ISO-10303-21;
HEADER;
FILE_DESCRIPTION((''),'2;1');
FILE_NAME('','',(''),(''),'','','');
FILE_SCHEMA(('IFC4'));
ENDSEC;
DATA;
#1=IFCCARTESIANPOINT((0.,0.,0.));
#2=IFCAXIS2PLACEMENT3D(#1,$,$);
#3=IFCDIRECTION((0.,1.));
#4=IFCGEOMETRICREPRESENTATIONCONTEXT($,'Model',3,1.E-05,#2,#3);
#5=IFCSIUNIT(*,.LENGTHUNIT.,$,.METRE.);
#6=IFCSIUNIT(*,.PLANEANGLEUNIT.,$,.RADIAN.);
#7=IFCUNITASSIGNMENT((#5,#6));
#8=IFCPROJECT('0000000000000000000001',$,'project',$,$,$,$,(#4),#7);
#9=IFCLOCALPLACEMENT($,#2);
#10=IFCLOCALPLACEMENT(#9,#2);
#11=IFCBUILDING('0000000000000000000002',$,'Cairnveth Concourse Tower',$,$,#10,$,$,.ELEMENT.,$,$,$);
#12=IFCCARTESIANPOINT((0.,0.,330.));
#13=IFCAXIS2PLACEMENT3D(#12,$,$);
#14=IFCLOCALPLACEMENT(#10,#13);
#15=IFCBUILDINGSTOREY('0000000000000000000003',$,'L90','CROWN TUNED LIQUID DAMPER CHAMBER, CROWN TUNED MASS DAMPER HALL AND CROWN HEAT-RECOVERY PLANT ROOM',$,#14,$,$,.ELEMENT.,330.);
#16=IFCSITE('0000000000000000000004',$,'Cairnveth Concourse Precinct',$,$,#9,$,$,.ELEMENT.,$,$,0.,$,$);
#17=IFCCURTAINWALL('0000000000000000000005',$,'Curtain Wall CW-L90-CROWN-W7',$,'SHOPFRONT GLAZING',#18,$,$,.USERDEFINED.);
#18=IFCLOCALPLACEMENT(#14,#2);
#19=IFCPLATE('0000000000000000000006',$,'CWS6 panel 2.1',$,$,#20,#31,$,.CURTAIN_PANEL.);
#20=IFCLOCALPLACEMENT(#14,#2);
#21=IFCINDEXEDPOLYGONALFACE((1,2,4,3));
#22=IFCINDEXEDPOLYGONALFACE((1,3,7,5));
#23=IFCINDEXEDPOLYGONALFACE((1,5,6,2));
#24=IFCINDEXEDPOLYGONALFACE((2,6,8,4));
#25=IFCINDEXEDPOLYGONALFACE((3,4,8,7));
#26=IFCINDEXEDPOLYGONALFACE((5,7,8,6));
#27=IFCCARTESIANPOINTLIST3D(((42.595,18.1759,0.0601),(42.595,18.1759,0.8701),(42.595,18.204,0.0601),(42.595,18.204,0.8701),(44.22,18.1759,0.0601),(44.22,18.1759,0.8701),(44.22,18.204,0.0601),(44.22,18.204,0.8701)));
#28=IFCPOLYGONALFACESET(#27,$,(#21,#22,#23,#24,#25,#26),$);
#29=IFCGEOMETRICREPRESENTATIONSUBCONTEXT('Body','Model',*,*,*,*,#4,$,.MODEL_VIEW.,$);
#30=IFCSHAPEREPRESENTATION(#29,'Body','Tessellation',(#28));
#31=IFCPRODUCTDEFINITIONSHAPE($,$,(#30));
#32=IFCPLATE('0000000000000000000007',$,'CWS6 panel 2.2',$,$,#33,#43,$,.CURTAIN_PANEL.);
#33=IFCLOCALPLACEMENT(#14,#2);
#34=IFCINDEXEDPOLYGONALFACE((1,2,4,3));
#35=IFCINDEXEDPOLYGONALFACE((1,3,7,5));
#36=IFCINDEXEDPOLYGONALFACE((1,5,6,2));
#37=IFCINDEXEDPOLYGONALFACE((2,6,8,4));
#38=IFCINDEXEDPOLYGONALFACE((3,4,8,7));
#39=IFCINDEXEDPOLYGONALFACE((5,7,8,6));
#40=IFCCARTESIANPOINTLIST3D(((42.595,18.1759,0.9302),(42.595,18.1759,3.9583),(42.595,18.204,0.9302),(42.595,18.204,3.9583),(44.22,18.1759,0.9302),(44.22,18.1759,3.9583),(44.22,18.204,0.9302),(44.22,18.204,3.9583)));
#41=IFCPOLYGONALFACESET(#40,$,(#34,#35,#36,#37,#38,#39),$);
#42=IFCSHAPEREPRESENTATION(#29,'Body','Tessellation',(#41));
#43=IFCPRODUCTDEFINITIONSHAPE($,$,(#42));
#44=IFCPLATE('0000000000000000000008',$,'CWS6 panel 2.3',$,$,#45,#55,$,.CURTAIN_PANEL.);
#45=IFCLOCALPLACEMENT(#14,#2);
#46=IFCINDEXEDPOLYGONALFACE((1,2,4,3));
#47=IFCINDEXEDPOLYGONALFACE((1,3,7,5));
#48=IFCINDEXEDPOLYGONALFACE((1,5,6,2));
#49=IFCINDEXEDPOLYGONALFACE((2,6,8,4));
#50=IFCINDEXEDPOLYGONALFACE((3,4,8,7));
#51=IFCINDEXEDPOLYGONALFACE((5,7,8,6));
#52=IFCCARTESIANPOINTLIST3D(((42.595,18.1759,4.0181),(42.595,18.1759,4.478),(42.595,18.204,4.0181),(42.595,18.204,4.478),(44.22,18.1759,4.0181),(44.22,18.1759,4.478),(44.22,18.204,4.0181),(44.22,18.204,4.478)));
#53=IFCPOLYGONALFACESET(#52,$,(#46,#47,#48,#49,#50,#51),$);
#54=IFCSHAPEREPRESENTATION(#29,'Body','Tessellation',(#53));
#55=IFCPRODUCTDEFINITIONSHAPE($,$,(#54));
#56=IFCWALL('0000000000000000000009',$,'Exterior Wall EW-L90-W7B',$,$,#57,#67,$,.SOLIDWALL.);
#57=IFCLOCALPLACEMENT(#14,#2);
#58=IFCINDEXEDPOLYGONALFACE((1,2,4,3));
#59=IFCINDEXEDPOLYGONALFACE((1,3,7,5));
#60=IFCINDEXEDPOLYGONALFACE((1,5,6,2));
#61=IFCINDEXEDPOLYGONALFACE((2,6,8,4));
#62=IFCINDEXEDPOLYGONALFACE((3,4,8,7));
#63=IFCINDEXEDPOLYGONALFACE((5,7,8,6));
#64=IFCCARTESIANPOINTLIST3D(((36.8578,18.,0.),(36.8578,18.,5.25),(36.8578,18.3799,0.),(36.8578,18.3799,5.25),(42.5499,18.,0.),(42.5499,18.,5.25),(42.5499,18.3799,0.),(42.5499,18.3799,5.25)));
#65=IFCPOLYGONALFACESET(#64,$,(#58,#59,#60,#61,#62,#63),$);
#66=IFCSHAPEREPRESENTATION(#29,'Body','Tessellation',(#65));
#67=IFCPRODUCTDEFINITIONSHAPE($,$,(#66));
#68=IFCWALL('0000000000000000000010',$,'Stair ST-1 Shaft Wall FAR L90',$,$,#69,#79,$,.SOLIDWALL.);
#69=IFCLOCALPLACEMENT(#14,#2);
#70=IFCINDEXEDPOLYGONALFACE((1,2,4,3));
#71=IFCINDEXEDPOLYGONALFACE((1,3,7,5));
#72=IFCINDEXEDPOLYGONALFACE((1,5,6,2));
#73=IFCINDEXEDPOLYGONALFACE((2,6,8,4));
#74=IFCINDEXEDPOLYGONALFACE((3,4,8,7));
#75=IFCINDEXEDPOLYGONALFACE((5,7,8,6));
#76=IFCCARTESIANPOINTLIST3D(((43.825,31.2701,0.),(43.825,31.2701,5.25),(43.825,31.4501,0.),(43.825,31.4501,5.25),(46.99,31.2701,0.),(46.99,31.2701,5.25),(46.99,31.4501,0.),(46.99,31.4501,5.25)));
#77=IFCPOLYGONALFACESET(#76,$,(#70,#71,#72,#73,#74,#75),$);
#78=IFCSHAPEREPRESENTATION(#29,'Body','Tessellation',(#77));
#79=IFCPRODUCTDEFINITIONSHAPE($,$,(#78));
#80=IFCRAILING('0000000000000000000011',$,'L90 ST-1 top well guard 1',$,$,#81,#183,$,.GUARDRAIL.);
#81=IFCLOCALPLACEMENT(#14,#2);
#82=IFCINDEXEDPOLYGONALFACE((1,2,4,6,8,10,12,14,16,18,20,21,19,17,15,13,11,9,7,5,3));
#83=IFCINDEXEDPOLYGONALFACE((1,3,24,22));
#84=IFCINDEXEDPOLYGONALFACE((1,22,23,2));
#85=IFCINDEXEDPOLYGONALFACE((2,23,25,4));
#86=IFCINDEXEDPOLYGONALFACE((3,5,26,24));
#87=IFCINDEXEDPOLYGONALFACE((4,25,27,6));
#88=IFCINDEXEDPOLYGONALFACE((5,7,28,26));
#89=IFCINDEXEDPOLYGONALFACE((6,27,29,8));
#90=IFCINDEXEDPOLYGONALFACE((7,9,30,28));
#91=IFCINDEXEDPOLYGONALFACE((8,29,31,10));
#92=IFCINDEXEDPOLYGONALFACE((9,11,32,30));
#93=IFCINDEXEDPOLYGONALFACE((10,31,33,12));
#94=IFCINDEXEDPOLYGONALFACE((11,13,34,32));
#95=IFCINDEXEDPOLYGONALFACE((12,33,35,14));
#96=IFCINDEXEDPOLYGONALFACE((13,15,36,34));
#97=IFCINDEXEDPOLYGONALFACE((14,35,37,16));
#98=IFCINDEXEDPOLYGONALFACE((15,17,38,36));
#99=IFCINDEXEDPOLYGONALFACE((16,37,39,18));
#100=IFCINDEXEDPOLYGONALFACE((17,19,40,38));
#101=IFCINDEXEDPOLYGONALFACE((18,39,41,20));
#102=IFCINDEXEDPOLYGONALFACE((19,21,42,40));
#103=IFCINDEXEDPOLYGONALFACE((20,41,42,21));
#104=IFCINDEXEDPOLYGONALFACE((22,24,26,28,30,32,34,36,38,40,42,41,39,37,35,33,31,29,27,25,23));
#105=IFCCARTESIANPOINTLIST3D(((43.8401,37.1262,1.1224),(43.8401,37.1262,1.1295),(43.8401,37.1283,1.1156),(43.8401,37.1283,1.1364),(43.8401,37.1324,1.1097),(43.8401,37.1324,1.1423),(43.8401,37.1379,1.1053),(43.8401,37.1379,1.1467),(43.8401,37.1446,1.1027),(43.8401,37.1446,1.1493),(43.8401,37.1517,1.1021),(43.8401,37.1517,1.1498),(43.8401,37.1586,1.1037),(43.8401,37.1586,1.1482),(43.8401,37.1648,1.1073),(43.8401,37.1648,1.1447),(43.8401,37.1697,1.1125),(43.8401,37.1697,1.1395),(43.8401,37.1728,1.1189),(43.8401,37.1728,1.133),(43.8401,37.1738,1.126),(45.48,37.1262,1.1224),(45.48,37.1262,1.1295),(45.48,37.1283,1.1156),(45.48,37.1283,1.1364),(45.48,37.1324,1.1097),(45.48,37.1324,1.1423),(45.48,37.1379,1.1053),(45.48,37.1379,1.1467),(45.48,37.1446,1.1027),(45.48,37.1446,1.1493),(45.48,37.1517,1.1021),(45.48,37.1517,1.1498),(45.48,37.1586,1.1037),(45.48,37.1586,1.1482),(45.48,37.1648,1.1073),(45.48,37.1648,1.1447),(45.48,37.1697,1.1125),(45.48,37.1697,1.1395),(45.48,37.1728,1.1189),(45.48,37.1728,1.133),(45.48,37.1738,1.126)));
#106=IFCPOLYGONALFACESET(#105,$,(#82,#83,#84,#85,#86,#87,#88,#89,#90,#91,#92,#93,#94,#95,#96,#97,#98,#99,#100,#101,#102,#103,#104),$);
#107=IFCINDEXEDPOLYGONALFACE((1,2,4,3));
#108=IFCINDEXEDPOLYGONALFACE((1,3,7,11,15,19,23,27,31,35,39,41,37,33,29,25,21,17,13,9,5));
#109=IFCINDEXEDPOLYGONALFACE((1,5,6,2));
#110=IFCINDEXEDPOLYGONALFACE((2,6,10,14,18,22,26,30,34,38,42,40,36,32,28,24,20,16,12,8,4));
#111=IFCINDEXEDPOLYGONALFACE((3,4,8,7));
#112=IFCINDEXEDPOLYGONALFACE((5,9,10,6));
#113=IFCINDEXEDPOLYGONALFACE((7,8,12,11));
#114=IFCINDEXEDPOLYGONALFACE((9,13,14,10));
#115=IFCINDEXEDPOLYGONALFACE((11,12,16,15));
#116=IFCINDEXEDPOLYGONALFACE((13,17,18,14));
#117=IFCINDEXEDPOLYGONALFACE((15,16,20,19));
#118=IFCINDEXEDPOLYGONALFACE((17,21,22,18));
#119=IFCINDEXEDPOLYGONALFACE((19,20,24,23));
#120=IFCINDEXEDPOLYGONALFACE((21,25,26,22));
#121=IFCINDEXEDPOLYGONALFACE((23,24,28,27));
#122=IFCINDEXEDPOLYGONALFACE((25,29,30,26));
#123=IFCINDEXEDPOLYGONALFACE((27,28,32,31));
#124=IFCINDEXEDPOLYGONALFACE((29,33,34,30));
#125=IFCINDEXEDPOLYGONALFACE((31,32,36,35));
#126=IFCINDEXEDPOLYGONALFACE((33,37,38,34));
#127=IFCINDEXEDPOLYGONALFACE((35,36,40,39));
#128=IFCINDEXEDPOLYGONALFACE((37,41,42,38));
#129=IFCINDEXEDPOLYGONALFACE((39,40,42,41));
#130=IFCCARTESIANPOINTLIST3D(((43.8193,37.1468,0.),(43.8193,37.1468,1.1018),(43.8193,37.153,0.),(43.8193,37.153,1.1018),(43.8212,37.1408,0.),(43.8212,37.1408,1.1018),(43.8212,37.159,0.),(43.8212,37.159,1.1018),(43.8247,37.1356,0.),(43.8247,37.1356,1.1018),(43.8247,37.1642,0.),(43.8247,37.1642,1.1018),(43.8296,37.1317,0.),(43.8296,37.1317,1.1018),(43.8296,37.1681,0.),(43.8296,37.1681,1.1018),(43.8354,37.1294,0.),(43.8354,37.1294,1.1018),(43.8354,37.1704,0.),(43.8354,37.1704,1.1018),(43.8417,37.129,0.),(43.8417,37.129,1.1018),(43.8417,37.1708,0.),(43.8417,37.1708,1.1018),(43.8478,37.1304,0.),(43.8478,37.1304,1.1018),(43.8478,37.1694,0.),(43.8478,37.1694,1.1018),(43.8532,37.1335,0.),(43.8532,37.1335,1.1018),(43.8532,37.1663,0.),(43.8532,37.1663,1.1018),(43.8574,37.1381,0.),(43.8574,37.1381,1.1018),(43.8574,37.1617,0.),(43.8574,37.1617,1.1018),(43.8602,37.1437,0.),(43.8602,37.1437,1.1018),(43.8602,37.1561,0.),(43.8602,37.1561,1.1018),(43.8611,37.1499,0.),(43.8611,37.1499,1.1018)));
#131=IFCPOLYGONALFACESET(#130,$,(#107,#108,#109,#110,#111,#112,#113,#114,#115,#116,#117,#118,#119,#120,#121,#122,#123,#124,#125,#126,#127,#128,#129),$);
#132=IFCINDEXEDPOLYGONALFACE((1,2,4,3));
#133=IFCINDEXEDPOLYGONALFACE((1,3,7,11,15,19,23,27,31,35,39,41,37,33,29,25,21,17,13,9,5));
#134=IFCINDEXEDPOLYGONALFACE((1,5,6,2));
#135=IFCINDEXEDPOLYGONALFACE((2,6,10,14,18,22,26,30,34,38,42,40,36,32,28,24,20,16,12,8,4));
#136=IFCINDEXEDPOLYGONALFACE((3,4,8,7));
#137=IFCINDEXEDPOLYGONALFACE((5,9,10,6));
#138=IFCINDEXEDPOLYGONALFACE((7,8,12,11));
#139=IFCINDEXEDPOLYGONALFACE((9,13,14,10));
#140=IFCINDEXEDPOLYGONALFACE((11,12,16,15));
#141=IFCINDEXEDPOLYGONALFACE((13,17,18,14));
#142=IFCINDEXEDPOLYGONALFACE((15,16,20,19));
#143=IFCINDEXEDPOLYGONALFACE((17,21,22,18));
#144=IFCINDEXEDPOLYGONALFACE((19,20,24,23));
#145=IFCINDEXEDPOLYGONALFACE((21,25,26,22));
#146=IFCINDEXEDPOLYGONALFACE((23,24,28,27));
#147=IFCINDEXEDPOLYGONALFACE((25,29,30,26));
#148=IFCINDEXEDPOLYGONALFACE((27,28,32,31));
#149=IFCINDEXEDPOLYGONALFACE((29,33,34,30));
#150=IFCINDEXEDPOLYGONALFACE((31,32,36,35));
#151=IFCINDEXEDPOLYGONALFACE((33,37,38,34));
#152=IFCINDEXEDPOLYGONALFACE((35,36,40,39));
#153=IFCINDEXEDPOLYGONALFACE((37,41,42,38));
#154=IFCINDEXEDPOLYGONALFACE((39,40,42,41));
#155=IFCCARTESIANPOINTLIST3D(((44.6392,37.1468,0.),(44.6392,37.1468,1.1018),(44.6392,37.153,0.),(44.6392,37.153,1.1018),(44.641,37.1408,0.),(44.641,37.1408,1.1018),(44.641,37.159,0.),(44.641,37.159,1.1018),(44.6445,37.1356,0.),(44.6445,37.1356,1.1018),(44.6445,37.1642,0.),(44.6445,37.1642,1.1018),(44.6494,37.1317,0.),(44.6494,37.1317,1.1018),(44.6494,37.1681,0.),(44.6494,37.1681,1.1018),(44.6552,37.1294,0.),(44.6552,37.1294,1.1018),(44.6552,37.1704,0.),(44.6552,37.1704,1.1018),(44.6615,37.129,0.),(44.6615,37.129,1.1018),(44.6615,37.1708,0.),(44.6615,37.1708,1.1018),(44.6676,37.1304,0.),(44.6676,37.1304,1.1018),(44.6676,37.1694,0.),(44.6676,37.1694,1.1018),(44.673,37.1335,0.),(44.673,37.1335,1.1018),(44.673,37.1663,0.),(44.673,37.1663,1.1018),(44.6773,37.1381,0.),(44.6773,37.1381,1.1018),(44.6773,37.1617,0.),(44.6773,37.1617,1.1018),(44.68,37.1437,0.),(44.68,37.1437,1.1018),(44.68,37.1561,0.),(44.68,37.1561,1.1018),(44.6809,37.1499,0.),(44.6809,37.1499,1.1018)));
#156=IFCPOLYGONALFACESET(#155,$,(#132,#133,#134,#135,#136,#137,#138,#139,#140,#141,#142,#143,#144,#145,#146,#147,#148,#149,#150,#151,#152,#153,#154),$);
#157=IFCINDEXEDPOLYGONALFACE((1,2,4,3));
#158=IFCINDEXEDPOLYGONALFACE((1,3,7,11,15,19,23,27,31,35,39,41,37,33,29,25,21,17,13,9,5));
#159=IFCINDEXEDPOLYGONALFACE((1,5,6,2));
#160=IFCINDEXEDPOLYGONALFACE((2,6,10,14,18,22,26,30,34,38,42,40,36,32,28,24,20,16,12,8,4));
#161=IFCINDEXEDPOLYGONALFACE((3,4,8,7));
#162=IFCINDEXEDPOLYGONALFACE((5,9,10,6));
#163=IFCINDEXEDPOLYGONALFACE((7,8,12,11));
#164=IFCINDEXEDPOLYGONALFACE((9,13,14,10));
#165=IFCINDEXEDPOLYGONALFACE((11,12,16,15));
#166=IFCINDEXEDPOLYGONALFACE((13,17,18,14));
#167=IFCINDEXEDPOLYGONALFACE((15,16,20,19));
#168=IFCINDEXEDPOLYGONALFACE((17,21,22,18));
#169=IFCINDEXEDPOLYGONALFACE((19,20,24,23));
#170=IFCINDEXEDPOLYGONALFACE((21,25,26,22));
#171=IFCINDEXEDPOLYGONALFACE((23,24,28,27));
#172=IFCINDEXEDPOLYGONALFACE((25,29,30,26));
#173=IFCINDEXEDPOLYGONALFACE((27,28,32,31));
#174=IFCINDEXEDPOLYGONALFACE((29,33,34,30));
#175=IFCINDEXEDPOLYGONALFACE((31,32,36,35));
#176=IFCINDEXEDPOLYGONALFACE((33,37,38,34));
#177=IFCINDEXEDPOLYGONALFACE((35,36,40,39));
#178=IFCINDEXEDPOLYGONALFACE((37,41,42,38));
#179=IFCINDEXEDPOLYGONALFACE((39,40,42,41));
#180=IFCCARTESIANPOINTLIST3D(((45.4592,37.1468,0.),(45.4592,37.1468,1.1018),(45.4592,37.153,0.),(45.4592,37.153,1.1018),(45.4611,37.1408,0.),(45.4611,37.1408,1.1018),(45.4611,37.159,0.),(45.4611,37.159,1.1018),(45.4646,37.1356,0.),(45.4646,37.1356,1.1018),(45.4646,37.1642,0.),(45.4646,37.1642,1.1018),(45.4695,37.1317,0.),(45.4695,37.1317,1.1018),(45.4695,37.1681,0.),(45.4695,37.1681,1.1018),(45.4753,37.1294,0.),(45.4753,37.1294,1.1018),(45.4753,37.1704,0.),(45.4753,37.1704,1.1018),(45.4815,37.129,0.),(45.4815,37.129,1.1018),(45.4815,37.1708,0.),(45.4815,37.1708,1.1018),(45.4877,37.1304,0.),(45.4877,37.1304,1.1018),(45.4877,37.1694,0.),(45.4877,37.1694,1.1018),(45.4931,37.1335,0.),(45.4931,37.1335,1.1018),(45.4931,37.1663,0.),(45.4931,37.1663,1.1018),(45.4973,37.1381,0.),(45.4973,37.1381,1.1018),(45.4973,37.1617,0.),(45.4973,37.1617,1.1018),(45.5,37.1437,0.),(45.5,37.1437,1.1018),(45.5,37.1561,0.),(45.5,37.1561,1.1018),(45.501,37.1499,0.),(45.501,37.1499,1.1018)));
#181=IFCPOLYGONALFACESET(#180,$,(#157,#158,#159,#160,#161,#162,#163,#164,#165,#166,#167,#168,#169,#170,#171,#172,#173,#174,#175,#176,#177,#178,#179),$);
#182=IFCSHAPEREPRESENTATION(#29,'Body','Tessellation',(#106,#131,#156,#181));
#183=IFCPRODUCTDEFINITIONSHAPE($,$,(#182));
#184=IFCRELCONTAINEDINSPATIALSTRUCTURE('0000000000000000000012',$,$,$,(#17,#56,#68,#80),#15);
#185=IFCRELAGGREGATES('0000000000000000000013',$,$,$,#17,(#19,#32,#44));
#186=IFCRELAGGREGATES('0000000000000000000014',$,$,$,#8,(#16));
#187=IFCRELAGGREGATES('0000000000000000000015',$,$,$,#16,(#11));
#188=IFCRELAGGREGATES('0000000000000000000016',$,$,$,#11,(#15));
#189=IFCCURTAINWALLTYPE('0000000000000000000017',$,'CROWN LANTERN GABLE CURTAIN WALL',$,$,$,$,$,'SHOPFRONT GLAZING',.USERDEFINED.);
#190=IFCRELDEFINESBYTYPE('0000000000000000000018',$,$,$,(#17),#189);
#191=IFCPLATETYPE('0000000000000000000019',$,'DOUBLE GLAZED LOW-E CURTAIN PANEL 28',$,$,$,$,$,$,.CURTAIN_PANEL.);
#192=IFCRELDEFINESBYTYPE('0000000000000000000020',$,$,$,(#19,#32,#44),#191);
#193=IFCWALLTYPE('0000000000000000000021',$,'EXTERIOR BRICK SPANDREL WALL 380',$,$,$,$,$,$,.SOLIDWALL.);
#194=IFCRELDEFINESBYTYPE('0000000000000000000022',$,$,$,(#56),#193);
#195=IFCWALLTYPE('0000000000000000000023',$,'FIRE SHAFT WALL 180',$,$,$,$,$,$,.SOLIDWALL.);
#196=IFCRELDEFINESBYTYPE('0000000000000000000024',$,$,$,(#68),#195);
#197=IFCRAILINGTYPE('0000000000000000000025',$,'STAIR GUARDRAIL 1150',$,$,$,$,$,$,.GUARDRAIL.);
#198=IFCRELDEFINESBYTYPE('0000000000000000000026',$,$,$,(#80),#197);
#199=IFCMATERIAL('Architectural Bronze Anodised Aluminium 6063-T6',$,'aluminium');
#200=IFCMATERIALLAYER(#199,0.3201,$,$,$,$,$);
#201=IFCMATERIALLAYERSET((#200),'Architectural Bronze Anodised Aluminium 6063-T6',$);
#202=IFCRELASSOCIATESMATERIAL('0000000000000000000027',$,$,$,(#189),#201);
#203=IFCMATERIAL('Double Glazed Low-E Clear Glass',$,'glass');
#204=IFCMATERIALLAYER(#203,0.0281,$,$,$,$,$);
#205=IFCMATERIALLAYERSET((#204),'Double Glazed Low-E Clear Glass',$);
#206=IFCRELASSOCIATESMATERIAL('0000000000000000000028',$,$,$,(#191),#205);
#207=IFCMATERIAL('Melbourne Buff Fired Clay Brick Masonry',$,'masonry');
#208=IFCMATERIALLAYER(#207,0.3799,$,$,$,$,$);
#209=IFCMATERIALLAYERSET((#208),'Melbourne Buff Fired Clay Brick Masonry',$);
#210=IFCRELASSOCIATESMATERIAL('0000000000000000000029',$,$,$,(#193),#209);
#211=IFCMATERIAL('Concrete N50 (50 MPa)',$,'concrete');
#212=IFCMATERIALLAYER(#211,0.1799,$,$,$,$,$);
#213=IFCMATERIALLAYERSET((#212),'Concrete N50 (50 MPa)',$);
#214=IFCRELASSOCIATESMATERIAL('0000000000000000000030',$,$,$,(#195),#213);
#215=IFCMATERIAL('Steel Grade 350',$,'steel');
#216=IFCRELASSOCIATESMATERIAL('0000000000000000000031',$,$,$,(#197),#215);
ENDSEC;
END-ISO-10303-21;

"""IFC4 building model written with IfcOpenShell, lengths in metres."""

from ifc_helpers import new_model, si_unit, direction, frame, frame_2d, origin, origin_2d, place, context, subcontext, project, spatial, rectangle, circle, extrude, material, layer, layer_set, type_object, element, aggregate, save


model = new_model("IFC4")

# Units and contexts
model_context = context("Model", 3, precision=1e-05, world=origin(), true_north=direction((0.0, 1.0)))
body_context = subcontext(model_context, "Body", "Model", "MODEL_VIEW")
ifc_project = project(units=[si_unit("LENGTHUNIT", "METRE"), si_unit("PLANEANGLEUNIT", "RADIAN")], contexts=[model_context])

# Site, building, storey
site_placement = place(None, origin())
site = spatial("IfcSite", under=ifc_project, at=site_placement, Name="Cairnveth Concourse Precinct", CompositionType="ELEMENT", RefElevation=0.0)
building_placement = place(site_placement, origin())
building = spatial("IfcBuilding", under=site, at=building_placement, Name="Cairnveth Concourse Tower", CompositionType="ELEMENT")
storey_placement = place(building_placement, frame((0.0, 0.0, 330.0)))
storey = spatial("IfcBuildingStorey", under=building, at=storey_placement, Name="L90", Description="CROWN TUNED LIQUID DAMPER CHAMBER, CROWN TUNED MASS DAMPER HALL AND CROWN HEAT-RECOVERY PLANT ROOM", CompositionType="ELEMENT", Elevation=330.0)

# Shared definitions
ifc_material_1 = material(Name="Steel Grade 350", Category="steel")

# Curtain wall
ifc_material_2 = material(Name="Architectural Bronze Anodised Aluminium 6063-T6", Category="aluminium")
ifc_layer_1 = layer(ifc_material_2, 0.3201)
ifc_layer_set_1 = layer_set([ifc_layer_1], Name="Architectural Bronze Anodised Aluminium 6063-T6")
curtain_wall_type = type_object("IfcCurtainWallType", Name="CROWN LANTERN GABLE CURTAIN WALL", ElementType="SHOPFRONT GLAZING", PredefinedType="USERDEFINED", material=ifc_layer_set_1)
curtain_wall_placement = place(storey_placement, origin())
curtain_wall = element("IfcCurtainWall", 1, at=curtain_wall_placement, inside=storey, type_object=curtain_wall_type, Name="Curtain Wall CW-L90-CROWN-W7", ObjectType="SHOPFRONT GLAZING", PredefinedType="USERDEFINED")

# Plates
ifc_material_3 = material(Name="Double Glazed Low-E Clear Glass", Category="glass")
ifc_layer_2 = layer(ifc_material_3, 0.0281)
ifc_layer_set_2 = layer_set([ifc_layer_2], Name="Double Glazed Low-E Clear Glass")
plate_type = type_object("IfcPlateType", Name="DOUBLE GLAZED LOW-E CURTAIN PANEL 28", PredefinedType="CURTAIN_PANEL", material=ifc_layer_set_2)
plate_1_placement = place(storey_placement, frame((43.4075, 18.1899, 0.0601), z_axis=(0.0, 0.0, 1.0), x_axis=(-1.0, 0.0, 0.0)))
plate_1 = element("IfcPlate", 2, at=plate_1_placement, type_object=plate_type, Name="CWS6 panel 2.1", PredefinedType="CURTAIN_PANEL", context=body_context, shape_type="SweptSolid", body=[
    extrude(rectangle(XDim=1.625, YDim=0.0281, at=origin_2d()), origin(), (0.0, 0.0, 1.0), 0.8101),
])
plate_2_placement = place(storey_placement, frame((43.4075, 18.1899, 0.9302), z_axis=(0.0, 0.0, 1.0), x_axis=(-1.0, 0.0, 0.0)))
plate_2 = element("IfcPlate", 3, at=plate_2_placement, type_object=plate_type, Name="CWS6 panel 2.2", PredefinedType="CURTAIN_PANEL", context=body_context, shape_type="SweptSolid", body=[
    extrude(rectangle(XDim=1.625, YDim=0.0281, at=origin_2d()), origin(), (0.0, 0.0, 1.0), 3.0281),
])
plate_3_placement = place(storey_placement, frame((43.4075, 18.1899, 4.0181), z_axis=(0.0, 0.0, 1.0), x_axis=(-1.0, 0.0, 0.0)))
plate_3 = element("IfcPlate", 4, at=plate_3_placement, type_object=plate_type, Name="CWS6 panel 2.3", PredefinedType="CURTAIN_PANEL", context=body_context, shape_type="SweptSolid", body=[
    extrude(rectangle(XDim=1.625, YDim=0.0281, at=origin_2d()), origin(), (0.0, 0.0, 1.0), 0.46),
])
aggregate(curtain_wall, [plate_1, plate_2, plate_3])

# Wall
ifc_material_4 = material(Name="Melbourne Buff Fired Clay Brick Masonry", Category="masonry")
ifc_layer_3 = layer(ifc_material_4, 0.3799)
ifc_layer_set_3 = layer_set([ifc_layer_3], Name="Melbourne Buff Fired Clay Brick Masonry")
wall_type_1 = type_object("IfcWallType", Name="EXTERIOR BRICK SPANDREL WALL 380", PredefinedType="SOLIDWALL", material=ifc_layer_set_3)
wall_1_placement = place(storey_placement, frame((42.55, 18.1899, 0.0), z_axis=(0.0, 0.0, 1.0), x_axis=(-1.0, 0.0, 0.0)))
element("IfcWall", 5, at=wall_1_placement, inside=storey, type_object=wall_type_1, Name="Exterior Wall EW-L90-W7B", PredefinedType="SOLIDWALL", context=body_context, shape_type="SweptSolid", body=[
    extrude(rectangle(XDim=5.6921, YDim=0.3799, at=frame_2d((2.8462, 0.0))), origin(), (0.0, 0.0, 1.0), 5.25),
])

# Shared definitions
ifc_material_5 = material(Name="Concrete N50 (50 MPa)", Category="concrete")
ifc_layer_4 = layer(ifc_material_5, 0.1799)
ifc_layer_set_4 = layer_set([ifc_layer_4], Name="Concrete N50 (50 MPa)")
wall_type_2 = type_object("IfcWallType", Name="FIRE SHAFT WALL 180", PredefinedType="SOLIDWALL", material=ifc_layer_set_4)

# Wall
wall_2_placement = place(storey_placement, frame((43.825, 31.3601, 0.0), z_axis=(0.0, 0.0, 1.0), x_axis=(1.0, 0.0, 0.0)))
element("IfcWall", 6, at=wall_2_placement, inside=storey, type_object=wall_type_2, Name="Stair ST-1 Shaft Wall FAR L90", PredefinedType="SOLIDWALL", context=body_context, shape_type="SweptSolid", body=[
    extrude(rectangle(XDim=3.165, YDim=0.1799, at=frame_2d((1.5825, 0.0))), origin(), (0.0, 0.0, 1.0), 5.25),
])

# Railing
railing_type = type_object("IfcRailingType", Name="STAIR GUARDRAIL 1150", PredefinedType="GUARDRAIL", material=ifc_material_1)
railing_placement = place(storey_placement, frame((43.8401, 37.1499, 0.0)))
element("IfcRailing", 7, at=railing_placement, inside=storey, type_object=railing_type, Name="L90 ST-1 top well guard 1", PredefinedType="GUARDRAIL", context=body_context, shape_type="SweptSolid", body=[
    extrude(circle(Radius=0.0239, at=origin_2d()), frame((0.0, 0.0, 1.126), z_axis=(1.0, 0.0, 0.0), x_axis=(0.0, 1.0, 0.0)), (0.0, 0.0, 1.0), 1.6399),
    extrude(circle(Radius=0.021, at=origin_2d()), origin(), (0.0, 0.0, 1.0), 1.1018),
    extrude(circle(Radius=0.021, at=origin_2d()), frame((0.8198, 0.0, 0.0)), (0.0, 0.0, 1.0), 1.1018),
    extrude(circle(Radius=0.021, at=origin_2d()), frame((1.6399, 0.0, 0.0)), (0.0, 0.0, 1.0), 1.1018),
])

save(model, "model.ifc")
